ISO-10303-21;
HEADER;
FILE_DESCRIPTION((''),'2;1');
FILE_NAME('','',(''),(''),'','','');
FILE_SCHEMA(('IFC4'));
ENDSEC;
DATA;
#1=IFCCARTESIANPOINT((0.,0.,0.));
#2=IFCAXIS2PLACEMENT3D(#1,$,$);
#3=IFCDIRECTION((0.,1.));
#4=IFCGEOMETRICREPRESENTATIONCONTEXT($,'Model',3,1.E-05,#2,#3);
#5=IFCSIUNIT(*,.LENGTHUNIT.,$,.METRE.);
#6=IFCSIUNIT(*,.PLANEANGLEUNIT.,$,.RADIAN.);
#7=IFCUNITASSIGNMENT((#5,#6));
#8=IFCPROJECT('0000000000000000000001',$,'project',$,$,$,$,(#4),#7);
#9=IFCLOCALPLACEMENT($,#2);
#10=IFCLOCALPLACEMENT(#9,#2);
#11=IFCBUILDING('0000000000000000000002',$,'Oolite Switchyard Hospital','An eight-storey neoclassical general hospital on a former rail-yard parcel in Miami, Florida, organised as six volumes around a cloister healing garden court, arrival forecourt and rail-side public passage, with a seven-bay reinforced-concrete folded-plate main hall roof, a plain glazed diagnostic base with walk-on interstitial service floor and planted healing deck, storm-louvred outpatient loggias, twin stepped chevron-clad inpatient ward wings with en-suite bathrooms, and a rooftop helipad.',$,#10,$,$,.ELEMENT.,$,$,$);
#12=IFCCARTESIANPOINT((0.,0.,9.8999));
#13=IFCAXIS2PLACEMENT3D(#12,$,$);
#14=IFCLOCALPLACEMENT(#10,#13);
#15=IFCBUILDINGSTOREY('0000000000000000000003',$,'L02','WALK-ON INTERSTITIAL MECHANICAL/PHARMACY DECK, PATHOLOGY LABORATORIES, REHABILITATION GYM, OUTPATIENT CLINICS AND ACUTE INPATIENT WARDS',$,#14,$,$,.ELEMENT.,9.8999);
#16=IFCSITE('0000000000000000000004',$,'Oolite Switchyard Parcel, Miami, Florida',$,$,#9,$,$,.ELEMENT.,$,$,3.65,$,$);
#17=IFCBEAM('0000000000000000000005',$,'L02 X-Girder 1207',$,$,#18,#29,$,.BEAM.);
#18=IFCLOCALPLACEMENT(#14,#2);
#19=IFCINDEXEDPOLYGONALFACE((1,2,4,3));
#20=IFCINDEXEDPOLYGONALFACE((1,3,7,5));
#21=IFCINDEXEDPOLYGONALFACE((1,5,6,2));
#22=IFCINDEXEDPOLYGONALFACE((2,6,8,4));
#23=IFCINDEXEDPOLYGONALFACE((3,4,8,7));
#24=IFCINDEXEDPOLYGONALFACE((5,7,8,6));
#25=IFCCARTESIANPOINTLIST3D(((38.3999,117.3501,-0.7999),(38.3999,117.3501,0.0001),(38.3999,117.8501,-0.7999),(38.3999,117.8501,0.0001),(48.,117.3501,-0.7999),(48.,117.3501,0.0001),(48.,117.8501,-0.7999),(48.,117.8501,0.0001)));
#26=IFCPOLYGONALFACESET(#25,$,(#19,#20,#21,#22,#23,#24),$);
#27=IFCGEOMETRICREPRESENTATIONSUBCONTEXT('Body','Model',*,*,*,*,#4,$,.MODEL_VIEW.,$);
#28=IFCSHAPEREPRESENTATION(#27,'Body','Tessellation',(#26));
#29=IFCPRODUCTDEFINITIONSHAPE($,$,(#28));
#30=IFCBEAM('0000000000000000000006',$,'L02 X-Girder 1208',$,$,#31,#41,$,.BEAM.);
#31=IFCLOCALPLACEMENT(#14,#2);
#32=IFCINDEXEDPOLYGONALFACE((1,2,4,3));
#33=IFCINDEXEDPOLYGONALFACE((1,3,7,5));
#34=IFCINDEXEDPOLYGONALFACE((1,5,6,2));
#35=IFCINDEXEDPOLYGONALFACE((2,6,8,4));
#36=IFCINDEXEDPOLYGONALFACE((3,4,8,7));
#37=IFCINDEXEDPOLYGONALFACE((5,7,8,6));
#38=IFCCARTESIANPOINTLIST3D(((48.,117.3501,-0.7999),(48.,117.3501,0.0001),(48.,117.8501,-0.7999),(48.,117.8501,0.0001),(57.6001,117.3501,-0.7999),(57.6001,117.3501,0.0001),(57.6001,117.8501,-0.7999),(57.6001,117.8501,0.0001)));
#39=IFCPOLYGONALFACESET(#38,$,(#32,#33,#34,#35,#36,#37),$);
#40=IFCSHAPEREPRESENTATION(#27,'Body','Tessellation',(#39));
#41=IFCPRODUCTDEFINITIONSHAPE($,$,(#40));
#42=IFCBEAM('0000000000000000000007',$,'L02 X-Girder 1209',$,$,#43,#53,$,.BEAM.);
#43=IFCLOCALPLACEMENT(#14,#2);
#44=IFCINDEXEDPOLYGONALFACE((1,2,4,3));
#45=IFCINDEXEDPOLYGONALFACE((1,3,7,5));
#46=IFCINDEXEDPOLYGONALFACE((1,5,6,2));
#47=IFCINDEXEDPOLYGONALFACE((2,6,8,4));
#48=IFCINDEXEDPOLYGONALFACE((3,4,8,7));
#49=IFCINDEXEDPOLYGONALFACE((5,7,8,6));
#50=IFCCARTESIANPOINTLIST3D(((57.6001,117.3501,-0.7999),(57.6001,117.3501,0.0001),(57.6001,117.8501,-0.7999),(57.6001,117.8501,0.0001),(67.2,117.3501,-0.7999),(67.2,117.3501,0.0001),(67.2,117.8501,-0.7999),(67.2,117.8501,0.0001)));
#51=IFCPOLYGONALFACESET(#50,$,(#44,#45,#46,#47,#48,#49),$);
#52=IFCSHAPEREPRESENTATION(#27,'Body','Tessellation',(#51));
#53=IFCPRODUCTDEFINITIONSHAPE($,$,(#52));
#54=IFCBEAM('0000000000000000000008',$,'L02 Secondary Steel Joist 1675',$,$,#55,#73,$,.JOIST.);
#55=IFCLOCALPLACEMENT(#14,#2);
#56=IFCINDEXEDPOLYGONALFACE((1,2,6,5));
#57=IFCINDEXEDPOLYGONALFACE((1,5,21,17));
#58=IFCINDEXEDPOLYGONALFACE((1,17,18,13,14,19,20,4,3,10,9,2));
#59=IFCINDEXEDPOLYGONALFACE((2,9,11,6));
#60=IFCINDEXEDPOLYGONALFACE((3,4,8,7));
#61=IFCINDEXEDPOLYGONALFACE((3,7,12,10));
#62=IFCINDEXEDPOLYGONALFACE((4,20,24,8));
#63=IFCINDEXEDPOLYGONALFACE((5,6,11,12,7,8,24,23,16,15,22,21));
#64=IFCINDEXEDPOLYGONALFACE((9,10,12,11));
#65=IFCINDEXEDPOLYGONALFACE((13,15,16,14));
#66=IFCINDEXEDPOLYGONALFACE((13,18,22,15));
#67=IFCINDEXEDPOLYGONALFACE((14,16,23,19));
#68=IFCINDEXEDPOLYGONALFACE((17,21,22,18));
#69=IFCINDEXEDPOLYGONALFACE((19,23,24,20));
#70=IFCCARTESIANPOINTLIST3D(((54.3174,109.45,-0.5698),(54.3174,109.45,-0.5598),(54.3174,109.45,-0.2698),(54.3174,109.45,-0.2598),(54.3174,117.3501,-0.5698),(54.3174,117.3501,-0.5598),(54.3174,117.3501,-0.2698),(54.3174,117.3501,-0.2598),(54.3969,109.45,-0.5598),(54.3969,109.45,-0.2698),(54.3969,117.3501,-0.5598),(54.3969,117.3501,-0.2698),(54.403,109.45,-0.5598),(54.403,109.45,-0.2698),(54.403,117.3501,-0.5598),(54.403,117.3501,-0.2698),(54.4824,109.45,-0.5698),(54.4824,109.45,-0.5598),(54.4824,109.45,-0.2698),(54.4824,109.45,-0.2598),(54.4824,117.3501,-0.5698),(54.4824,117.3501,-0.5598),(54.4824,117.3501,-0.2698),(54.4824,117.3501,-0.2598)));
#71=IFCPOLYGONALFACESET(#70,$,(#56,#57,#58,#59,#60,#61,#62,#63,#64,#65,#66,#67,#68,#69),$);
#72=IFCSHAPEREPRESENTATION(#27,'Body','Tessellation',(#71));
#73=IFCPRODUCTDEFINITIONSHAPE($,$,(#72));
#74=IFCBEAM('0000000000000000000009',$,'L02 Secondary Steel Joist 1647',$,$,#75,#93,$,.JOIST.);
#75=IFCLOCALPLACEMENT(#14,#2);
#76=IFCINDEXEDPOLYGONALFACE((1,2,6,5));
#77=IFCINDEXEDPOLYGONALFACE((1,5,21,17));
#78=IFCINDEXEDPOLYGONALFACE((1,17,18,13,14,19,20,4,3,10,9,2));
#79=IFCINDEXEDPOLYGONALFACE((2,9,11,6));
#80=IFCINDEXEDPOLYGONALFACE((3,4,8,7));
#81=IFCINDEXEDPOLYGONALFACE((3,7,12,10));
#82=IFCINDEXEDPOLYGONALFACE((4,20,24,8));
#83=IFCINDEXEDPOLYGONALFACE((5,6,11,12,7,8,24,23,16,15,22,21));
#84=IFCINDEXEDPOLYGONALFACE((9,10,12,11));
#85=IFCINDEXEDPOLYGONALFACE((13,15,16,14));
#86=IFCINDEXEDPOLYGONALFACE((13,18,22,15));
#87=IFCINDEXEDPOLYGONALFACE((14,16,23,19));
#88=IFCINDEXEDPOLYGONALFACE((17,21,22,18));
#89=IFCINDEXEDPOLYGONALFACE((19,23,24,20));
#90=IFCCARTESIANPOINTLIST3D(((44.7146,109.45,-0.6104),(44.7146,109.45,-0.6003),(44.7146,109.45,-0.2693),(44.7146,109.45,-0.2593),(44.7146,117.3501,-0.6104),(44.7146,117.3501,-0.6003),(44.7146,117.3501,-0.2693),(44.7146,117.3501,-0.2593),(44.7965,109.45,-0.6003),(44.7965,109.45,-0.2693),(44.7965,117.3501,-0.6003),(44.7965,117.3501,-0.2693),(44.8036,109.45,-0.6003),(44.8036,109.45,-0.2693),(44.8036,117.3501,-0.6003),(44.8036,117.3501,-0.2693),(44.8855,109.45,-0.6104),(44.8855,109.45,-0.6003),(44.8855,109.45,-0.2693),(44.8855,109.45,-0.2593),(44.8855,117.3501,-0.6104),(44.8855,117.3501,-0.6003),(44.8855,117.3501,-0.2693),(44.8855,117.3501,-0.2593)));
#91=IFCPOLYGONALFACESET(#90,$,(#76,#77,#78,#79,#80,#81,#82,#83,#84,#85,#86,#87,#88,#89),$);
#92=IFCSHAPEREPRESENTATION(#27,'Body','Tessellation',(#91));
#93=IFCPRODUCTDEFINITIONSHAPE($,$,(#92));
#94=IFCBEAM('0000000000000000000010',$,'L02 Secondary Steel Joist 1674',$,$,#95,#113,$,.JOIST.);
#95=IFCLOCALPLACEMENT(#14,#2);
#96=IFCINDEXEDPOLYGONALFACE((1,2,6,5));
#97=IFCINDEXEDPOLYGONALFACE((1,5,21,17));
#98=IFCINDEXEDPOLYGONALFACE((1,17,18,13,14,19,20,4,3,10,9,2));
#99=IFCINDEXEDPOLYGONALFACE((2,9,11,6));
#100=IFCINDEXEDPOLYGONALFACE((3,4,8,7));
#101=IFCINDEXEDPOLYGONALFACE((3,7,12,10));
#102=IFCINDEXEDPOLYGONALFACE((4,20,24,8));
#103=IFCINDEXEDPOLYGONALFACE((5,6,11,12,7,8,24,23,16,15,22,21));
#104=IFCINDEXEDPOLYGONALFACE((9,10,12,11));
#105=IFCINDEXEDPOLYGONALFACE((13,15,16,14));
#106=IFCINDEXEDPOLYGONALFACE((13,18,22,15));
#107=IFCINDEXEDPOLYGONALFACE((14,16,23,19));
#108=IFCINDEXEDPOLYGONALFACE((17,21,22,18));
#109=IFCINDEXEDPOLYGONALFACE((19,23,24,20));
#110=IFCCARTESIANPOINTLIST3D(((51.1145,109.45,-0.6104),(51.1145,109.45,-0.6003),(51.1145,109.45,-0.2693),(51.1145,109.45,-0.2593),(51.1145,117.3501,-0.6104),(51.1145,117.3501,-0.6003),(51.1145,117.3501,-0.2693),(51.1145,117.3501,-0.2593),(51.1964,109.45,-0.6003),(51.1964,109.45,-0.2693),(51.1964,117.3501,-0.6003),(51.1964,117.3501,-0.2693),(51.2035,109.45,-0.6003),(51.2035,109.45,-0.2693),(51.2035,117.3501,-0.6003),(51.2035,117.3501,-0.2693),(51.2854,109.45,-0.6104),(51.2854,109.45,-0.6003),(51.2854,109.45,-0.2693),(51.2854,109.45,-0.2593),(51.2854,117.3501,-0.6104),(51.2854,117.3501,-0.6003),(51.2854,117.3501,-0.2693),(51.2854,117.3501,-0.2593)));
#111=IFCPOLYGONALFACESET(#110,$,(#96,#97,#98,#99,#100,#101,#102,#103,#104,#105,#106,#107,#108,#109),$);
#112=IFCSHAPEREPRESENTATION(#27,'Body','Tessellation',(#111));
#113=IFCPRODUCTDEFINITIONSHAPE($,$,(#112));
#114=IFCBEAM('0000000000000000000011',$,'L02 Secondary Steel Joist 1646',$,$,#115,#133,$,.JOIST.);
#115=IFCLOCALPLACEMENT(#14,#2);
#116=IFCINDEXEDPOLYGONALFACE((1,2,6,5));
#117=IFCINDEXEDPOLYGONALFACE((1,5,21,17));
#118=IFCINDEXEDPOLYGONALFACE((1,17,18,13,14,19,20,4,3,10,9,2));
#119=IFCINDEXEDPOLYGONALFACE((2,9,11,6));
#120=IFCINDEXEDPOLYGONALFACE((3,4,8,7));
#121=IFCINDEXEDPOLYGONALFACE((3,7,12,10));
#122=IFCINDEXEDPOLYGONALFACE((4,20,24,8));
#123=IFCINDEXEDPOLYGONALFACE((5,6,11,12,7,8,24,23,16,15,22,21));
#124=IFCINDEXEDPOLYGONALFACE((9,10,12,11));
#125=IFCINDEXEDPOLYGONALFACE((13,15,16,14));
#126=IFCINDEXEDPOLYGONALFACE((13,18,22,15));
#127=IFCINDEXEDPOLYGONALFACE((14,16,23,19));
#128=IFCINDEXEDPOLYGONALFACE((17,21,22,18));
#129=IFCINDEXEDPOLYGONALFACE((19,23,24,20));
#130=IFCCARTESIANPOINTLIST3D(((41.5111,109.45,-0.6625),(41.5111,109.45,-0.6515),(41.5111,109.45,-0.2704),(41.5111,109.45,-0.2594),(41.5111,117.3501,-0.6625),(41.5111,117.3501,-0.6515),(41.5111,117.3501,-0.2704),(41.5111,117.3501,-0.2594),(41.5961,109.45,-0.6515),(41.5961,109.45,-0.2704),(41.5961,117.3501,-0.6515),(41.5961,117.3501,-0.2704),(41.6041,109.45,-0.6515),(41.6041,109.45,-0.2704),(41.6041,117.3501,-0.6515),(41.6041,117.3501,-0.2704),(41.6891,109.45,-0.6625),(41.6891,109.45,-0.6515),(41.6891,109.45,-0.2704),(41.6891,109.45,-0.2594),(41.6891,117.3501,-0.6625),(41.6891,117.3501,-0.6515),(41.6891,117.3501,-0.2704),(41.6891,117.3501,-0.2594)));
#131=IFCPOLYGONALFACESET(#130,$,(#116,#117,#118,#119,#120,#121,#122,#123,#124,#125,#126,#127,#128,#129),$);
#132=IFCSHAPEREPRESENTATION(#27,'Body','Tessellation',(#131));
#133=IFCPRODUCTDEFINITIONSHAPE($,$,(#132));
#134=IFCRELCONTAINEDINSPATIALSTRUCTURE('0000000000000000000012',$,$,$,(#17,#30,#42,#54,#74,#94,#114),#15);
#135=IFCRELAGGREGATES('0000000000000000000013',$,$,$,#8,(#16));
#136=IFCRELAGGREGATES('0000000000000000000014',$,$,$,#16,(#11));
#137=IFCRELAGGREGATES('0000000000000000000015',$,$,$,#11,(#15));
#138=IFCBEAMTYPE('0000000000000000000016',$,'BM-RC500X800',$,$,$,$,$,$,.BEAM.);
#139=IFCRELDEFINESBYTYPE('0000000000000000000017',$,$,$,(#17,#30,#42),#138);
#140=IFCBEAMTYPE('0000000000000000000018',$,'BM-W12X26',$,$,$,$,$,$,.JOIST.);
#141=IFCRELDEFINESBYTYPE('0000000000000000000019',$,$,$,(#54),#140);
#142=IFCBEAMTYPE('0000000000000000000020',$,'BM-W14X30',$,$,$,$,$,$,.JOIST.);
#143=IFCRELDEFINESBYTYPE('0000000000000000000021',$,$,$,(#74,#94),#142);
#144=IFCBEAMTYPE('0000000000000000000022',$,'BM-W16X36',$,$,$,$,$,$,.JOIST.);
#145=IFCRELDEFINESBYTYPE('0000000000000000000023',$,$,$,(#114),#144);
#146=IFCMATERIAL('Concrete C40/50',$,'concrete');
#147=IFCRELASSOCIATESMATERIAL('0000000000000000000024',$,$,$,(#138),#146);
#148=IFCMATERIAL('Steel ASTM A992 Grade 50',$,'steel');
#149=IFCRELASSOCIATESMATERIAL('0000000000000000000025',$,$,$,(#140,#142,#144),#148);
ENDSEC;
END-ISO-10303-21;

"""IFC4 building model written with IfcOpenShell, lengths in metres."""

from ifc_helpers import new_model, si_unit, direction, frame, origin, origin_2d, place, context, subcontext, project, spatial, rectangle, i_section, extrude, material, material_profile, profile_set, type_object, element, save


model = new_model("IFC4")

# Units and contexts
model_context = context("Model", 3, precision=1e-05, world=origin(), true_north=direction((0.0, 1.0)))
body_context = subcontext(model_context, "Body", "Model", "MODEL_VIEW")
ifc_project = project(units=[si_unit("LENGTHUNIT", "METRE"), si_unit("PLANEANGLEUNIT", "RADIAN")], contexts=[model_context])

# Site, building, storey
site_placement = place(None, origin())
site = spatial("IfcSite", under=ifc_project, at=site_placement, Name="Oolite Switchyard Parcel, Miami, Florida", CompositionType="ELEMENT", RefElevation=3.65)
building_placement = place(site_placement, origin())
building = spatial("IfcBuilding", under=site, at=building_placement, Name="Oolite Switchyard Hospital", Description="An eight-storey neoclassical general hospital on a former rail-yard parcel in Miami, Florida, organised as six volumes around a cloister healing garden court, arrival forecourt and rail-side public passage, with a seven-bay reinforced-concrete folded-plate main hall roof, a plain glazed diagnostic base with walk-on interstitial service floor and planted healing deck, storm-louvred outpatient loggias, twin stepped chevron-clad inpatient ward wings with en-suite bathrooms, and a rooftop helipad.", CompositionType="ELEMENT")
storey_placement = place(building_placement, frame((0.0, 0.0, 9.8999)))
storey = spatial("IfcBuildingStorey", under=building, at=storey_placement, Name="L02", Description="WALK-ON INTERSTITIAL MECHANICAL/PHARMACY DECK, PATHOLOGY LABORATORIES, REHABILITATION GYM, OUTPATIENT CLINICS AND ACUTE INPATIENT WARDS", CompositionType="ELEMENT", Elevation=9.8999)

# Shared definitions
ifc_material_1 = material(Name="Steel ASTM A992 Grade 50", Category="steel")

# Beams
ifc_material_2 = material(Name="Concrete C40/50", Category="concrete")
ifc_material_profile_1 = material_profile(ifc_material_2, rectangle(XDim=0.5, YDim=0.8, at=origin_2d()), Name="RCB500X800")
ifc_profile_set_1 = profile_set([ifc_material_profile_1], Name="Concrete C40/50")
beam_type_1 = type_object("IfcBeamType", Name="BM-RC500X800", PredefinedType="BEAM", material=ifc_profile_set_1)
for number, where, z_axis, x_axis, name in (
    (1, (38.3999, 117.6001, -0.3999), (1.0, 0.0, 0.0), (0.0, 1.0, 0.0), "L02 X-Girder 1207"),
    (2, (48.0, 117.6001, -0.3999), (1.0, 0.0, 0.0), (0.0, 1.0, 0.0), "L02 X-Girder 1208"),
):
    element("IfcBeam", number, at=place(storey_placement, frame(where, z_axis=z_axis, x_axis=x_axis)), inside=storey, type_object=beam_type_1, Name=name, PredefinedType="BEAM", context=body_context, shape_type="SweptSolid", body=[
        extrude(rectangle(XDim=0.5, YDim=0.8, at=origin_2d()), origin(), (0.0, 0.0, 1.0), 9.6001),
    ])
beam_1_placement = place(storey_placement, frame((57.6001, 117.6001, -0.3999), z_axis=(1.0, 0.0, 0.0), x_axis=(0.0, 1.0, 0.0)))
element("IfcBeam", 3, at=beam_1_placement, inside=storey, type_object=beam_type_1, Name="L02 X-Girder 1209", PredefinedType="BEAM", context=body_context, shape_type="SweptSolid", body=[
    extrude(rectangle(XDim=0.5, YDim=0.8, at=origin_2d()), origin(), (0.0, 0.0, 1.0), 9.5999),
])
ifc_material_profile_2 = material_profile(ifc_material_1, i_section(OverallWidth=0.165, OverallDepth=0.3101, WebThickness=0.0061, FlangeThickness=0.01, at=origin_2d()), Name="W12X26")
ifc_profile_set_2 = profile_set([ifc_material_profile_2], Name="Steel ASTM A992 Grade 50")
beam_type_2 = type_object("IfcBeamType", Name="BM-W12X26", PredefinedType="JOIST", material=ifc_profile_set_2)
beam_2_placement = place(storey_placement, frame((54.3999, 109.45, -0.4148), z_axis=(0.0, 1.0, 0.0), x_axis=(-1.0, 0.0, 0.0)))
element("IfcBeam", 4, at=beam_2_placement, inside=storey, type_object=beam_type_2, Name="L02 Secondary Steel Joist 1675", PredefinedType="JOIST", context=body_context, shape_type="SweptSolid", body=[
    extrude(i_section(OverallWidth=0.165, OverallDepth=0.3101, WebThickness=0.0061, FlangeThickness=0.01, at=origin_2d()), origin(), (0.0, 0.0, 1.0), 7.9001),
])
ifc_material_profile_3 = material_profile(ifc_material_1, i_section(OverallWidth=0.1709, OverallDepth=0.3511, WebThickness=0.0071, FlangeThickness=0.01, at=origin_2d()), Name="W14X30")
ifc_profile_set_3 = profile_set([ifc_material_profile_3], Name="Steel ASTM A992 Grade 50")
beam_type_3 = type_object("IfcBeamType", Name="BM-W14X30", PredefinedType="JOIST", material=ifc_profile_set_3)
for number, where, z_axis, x_axis, name in (
    (5, (44.8, 109.45, -0.4348), (0.0, 1.0, 0.0), (-1.0, 0.0, 0.0), "L02 Secondary Steel Joist 1647"),
    (6, (51.2, 109.45, -0.4348), (0.0, 1.0, 0.0), (-1.0, 0.0, 0.0), "L02 Secondary Steel Joist 1674"),
):
    element("IfcBeam", number, at=place(storey_placement, frame(where, z_axis=z_axis, x_axis=x_axis)), inside=storey, type_object=beam_type_3, Name=name, PredefinedType="JOIST", context=body_context, shape_type="SweptSolid", body=[
        extrude(i_section(OverallWidth=0.1709, OverallDepth=0.3511, WebThickness=0.0071, FlangeThickness=0.01, at=origin_2d()), origin(), (0.0, 0.0, 1.0), 7.9001),
    ])
ifc_material_profile_4 = material_profile(ifc_material_1, i_section(OverallWidth=0.178, OverallDepth=0.4031, WebThickness=0.0081, FlangeThickness=0.011, at=origin_2d()), Name="W16X36")
ifc_profile_set_4 = profile_set([ifc_material_profile_4], Name="Steel ASTM A992 Grade 50")
beam_type_4 = type_object("IfcBeamType", Name="BM-W16X36", PredefinedType="JOIST", material=ifc_profile_set_4)
beam_3_placement = place(storey_placement, frame((41.6001, 109.45, -0.4609), z_axis=(0.0, 1.0, 0.0), x_axis=(-1.0, 0.0, 0.0)))
element("IfcBeam", 7, at=beam_3_placement, inside=storey, type_object=beam_type_4, Name="L02 Secondary Steel Joist 1646", PredefinedType="JOIST", context=body_context, shape_type="SweptSolid", body=[
    extrude(i_section(OverallWidth=0.178, OverallDepth=0.4031, WebThickness=0.0081, FlangeThickness=0.011, at=origin_2d()), origin(), (0.0, 0.0, 1.0), 7.9001),
])

save(model, "model.ifc")
